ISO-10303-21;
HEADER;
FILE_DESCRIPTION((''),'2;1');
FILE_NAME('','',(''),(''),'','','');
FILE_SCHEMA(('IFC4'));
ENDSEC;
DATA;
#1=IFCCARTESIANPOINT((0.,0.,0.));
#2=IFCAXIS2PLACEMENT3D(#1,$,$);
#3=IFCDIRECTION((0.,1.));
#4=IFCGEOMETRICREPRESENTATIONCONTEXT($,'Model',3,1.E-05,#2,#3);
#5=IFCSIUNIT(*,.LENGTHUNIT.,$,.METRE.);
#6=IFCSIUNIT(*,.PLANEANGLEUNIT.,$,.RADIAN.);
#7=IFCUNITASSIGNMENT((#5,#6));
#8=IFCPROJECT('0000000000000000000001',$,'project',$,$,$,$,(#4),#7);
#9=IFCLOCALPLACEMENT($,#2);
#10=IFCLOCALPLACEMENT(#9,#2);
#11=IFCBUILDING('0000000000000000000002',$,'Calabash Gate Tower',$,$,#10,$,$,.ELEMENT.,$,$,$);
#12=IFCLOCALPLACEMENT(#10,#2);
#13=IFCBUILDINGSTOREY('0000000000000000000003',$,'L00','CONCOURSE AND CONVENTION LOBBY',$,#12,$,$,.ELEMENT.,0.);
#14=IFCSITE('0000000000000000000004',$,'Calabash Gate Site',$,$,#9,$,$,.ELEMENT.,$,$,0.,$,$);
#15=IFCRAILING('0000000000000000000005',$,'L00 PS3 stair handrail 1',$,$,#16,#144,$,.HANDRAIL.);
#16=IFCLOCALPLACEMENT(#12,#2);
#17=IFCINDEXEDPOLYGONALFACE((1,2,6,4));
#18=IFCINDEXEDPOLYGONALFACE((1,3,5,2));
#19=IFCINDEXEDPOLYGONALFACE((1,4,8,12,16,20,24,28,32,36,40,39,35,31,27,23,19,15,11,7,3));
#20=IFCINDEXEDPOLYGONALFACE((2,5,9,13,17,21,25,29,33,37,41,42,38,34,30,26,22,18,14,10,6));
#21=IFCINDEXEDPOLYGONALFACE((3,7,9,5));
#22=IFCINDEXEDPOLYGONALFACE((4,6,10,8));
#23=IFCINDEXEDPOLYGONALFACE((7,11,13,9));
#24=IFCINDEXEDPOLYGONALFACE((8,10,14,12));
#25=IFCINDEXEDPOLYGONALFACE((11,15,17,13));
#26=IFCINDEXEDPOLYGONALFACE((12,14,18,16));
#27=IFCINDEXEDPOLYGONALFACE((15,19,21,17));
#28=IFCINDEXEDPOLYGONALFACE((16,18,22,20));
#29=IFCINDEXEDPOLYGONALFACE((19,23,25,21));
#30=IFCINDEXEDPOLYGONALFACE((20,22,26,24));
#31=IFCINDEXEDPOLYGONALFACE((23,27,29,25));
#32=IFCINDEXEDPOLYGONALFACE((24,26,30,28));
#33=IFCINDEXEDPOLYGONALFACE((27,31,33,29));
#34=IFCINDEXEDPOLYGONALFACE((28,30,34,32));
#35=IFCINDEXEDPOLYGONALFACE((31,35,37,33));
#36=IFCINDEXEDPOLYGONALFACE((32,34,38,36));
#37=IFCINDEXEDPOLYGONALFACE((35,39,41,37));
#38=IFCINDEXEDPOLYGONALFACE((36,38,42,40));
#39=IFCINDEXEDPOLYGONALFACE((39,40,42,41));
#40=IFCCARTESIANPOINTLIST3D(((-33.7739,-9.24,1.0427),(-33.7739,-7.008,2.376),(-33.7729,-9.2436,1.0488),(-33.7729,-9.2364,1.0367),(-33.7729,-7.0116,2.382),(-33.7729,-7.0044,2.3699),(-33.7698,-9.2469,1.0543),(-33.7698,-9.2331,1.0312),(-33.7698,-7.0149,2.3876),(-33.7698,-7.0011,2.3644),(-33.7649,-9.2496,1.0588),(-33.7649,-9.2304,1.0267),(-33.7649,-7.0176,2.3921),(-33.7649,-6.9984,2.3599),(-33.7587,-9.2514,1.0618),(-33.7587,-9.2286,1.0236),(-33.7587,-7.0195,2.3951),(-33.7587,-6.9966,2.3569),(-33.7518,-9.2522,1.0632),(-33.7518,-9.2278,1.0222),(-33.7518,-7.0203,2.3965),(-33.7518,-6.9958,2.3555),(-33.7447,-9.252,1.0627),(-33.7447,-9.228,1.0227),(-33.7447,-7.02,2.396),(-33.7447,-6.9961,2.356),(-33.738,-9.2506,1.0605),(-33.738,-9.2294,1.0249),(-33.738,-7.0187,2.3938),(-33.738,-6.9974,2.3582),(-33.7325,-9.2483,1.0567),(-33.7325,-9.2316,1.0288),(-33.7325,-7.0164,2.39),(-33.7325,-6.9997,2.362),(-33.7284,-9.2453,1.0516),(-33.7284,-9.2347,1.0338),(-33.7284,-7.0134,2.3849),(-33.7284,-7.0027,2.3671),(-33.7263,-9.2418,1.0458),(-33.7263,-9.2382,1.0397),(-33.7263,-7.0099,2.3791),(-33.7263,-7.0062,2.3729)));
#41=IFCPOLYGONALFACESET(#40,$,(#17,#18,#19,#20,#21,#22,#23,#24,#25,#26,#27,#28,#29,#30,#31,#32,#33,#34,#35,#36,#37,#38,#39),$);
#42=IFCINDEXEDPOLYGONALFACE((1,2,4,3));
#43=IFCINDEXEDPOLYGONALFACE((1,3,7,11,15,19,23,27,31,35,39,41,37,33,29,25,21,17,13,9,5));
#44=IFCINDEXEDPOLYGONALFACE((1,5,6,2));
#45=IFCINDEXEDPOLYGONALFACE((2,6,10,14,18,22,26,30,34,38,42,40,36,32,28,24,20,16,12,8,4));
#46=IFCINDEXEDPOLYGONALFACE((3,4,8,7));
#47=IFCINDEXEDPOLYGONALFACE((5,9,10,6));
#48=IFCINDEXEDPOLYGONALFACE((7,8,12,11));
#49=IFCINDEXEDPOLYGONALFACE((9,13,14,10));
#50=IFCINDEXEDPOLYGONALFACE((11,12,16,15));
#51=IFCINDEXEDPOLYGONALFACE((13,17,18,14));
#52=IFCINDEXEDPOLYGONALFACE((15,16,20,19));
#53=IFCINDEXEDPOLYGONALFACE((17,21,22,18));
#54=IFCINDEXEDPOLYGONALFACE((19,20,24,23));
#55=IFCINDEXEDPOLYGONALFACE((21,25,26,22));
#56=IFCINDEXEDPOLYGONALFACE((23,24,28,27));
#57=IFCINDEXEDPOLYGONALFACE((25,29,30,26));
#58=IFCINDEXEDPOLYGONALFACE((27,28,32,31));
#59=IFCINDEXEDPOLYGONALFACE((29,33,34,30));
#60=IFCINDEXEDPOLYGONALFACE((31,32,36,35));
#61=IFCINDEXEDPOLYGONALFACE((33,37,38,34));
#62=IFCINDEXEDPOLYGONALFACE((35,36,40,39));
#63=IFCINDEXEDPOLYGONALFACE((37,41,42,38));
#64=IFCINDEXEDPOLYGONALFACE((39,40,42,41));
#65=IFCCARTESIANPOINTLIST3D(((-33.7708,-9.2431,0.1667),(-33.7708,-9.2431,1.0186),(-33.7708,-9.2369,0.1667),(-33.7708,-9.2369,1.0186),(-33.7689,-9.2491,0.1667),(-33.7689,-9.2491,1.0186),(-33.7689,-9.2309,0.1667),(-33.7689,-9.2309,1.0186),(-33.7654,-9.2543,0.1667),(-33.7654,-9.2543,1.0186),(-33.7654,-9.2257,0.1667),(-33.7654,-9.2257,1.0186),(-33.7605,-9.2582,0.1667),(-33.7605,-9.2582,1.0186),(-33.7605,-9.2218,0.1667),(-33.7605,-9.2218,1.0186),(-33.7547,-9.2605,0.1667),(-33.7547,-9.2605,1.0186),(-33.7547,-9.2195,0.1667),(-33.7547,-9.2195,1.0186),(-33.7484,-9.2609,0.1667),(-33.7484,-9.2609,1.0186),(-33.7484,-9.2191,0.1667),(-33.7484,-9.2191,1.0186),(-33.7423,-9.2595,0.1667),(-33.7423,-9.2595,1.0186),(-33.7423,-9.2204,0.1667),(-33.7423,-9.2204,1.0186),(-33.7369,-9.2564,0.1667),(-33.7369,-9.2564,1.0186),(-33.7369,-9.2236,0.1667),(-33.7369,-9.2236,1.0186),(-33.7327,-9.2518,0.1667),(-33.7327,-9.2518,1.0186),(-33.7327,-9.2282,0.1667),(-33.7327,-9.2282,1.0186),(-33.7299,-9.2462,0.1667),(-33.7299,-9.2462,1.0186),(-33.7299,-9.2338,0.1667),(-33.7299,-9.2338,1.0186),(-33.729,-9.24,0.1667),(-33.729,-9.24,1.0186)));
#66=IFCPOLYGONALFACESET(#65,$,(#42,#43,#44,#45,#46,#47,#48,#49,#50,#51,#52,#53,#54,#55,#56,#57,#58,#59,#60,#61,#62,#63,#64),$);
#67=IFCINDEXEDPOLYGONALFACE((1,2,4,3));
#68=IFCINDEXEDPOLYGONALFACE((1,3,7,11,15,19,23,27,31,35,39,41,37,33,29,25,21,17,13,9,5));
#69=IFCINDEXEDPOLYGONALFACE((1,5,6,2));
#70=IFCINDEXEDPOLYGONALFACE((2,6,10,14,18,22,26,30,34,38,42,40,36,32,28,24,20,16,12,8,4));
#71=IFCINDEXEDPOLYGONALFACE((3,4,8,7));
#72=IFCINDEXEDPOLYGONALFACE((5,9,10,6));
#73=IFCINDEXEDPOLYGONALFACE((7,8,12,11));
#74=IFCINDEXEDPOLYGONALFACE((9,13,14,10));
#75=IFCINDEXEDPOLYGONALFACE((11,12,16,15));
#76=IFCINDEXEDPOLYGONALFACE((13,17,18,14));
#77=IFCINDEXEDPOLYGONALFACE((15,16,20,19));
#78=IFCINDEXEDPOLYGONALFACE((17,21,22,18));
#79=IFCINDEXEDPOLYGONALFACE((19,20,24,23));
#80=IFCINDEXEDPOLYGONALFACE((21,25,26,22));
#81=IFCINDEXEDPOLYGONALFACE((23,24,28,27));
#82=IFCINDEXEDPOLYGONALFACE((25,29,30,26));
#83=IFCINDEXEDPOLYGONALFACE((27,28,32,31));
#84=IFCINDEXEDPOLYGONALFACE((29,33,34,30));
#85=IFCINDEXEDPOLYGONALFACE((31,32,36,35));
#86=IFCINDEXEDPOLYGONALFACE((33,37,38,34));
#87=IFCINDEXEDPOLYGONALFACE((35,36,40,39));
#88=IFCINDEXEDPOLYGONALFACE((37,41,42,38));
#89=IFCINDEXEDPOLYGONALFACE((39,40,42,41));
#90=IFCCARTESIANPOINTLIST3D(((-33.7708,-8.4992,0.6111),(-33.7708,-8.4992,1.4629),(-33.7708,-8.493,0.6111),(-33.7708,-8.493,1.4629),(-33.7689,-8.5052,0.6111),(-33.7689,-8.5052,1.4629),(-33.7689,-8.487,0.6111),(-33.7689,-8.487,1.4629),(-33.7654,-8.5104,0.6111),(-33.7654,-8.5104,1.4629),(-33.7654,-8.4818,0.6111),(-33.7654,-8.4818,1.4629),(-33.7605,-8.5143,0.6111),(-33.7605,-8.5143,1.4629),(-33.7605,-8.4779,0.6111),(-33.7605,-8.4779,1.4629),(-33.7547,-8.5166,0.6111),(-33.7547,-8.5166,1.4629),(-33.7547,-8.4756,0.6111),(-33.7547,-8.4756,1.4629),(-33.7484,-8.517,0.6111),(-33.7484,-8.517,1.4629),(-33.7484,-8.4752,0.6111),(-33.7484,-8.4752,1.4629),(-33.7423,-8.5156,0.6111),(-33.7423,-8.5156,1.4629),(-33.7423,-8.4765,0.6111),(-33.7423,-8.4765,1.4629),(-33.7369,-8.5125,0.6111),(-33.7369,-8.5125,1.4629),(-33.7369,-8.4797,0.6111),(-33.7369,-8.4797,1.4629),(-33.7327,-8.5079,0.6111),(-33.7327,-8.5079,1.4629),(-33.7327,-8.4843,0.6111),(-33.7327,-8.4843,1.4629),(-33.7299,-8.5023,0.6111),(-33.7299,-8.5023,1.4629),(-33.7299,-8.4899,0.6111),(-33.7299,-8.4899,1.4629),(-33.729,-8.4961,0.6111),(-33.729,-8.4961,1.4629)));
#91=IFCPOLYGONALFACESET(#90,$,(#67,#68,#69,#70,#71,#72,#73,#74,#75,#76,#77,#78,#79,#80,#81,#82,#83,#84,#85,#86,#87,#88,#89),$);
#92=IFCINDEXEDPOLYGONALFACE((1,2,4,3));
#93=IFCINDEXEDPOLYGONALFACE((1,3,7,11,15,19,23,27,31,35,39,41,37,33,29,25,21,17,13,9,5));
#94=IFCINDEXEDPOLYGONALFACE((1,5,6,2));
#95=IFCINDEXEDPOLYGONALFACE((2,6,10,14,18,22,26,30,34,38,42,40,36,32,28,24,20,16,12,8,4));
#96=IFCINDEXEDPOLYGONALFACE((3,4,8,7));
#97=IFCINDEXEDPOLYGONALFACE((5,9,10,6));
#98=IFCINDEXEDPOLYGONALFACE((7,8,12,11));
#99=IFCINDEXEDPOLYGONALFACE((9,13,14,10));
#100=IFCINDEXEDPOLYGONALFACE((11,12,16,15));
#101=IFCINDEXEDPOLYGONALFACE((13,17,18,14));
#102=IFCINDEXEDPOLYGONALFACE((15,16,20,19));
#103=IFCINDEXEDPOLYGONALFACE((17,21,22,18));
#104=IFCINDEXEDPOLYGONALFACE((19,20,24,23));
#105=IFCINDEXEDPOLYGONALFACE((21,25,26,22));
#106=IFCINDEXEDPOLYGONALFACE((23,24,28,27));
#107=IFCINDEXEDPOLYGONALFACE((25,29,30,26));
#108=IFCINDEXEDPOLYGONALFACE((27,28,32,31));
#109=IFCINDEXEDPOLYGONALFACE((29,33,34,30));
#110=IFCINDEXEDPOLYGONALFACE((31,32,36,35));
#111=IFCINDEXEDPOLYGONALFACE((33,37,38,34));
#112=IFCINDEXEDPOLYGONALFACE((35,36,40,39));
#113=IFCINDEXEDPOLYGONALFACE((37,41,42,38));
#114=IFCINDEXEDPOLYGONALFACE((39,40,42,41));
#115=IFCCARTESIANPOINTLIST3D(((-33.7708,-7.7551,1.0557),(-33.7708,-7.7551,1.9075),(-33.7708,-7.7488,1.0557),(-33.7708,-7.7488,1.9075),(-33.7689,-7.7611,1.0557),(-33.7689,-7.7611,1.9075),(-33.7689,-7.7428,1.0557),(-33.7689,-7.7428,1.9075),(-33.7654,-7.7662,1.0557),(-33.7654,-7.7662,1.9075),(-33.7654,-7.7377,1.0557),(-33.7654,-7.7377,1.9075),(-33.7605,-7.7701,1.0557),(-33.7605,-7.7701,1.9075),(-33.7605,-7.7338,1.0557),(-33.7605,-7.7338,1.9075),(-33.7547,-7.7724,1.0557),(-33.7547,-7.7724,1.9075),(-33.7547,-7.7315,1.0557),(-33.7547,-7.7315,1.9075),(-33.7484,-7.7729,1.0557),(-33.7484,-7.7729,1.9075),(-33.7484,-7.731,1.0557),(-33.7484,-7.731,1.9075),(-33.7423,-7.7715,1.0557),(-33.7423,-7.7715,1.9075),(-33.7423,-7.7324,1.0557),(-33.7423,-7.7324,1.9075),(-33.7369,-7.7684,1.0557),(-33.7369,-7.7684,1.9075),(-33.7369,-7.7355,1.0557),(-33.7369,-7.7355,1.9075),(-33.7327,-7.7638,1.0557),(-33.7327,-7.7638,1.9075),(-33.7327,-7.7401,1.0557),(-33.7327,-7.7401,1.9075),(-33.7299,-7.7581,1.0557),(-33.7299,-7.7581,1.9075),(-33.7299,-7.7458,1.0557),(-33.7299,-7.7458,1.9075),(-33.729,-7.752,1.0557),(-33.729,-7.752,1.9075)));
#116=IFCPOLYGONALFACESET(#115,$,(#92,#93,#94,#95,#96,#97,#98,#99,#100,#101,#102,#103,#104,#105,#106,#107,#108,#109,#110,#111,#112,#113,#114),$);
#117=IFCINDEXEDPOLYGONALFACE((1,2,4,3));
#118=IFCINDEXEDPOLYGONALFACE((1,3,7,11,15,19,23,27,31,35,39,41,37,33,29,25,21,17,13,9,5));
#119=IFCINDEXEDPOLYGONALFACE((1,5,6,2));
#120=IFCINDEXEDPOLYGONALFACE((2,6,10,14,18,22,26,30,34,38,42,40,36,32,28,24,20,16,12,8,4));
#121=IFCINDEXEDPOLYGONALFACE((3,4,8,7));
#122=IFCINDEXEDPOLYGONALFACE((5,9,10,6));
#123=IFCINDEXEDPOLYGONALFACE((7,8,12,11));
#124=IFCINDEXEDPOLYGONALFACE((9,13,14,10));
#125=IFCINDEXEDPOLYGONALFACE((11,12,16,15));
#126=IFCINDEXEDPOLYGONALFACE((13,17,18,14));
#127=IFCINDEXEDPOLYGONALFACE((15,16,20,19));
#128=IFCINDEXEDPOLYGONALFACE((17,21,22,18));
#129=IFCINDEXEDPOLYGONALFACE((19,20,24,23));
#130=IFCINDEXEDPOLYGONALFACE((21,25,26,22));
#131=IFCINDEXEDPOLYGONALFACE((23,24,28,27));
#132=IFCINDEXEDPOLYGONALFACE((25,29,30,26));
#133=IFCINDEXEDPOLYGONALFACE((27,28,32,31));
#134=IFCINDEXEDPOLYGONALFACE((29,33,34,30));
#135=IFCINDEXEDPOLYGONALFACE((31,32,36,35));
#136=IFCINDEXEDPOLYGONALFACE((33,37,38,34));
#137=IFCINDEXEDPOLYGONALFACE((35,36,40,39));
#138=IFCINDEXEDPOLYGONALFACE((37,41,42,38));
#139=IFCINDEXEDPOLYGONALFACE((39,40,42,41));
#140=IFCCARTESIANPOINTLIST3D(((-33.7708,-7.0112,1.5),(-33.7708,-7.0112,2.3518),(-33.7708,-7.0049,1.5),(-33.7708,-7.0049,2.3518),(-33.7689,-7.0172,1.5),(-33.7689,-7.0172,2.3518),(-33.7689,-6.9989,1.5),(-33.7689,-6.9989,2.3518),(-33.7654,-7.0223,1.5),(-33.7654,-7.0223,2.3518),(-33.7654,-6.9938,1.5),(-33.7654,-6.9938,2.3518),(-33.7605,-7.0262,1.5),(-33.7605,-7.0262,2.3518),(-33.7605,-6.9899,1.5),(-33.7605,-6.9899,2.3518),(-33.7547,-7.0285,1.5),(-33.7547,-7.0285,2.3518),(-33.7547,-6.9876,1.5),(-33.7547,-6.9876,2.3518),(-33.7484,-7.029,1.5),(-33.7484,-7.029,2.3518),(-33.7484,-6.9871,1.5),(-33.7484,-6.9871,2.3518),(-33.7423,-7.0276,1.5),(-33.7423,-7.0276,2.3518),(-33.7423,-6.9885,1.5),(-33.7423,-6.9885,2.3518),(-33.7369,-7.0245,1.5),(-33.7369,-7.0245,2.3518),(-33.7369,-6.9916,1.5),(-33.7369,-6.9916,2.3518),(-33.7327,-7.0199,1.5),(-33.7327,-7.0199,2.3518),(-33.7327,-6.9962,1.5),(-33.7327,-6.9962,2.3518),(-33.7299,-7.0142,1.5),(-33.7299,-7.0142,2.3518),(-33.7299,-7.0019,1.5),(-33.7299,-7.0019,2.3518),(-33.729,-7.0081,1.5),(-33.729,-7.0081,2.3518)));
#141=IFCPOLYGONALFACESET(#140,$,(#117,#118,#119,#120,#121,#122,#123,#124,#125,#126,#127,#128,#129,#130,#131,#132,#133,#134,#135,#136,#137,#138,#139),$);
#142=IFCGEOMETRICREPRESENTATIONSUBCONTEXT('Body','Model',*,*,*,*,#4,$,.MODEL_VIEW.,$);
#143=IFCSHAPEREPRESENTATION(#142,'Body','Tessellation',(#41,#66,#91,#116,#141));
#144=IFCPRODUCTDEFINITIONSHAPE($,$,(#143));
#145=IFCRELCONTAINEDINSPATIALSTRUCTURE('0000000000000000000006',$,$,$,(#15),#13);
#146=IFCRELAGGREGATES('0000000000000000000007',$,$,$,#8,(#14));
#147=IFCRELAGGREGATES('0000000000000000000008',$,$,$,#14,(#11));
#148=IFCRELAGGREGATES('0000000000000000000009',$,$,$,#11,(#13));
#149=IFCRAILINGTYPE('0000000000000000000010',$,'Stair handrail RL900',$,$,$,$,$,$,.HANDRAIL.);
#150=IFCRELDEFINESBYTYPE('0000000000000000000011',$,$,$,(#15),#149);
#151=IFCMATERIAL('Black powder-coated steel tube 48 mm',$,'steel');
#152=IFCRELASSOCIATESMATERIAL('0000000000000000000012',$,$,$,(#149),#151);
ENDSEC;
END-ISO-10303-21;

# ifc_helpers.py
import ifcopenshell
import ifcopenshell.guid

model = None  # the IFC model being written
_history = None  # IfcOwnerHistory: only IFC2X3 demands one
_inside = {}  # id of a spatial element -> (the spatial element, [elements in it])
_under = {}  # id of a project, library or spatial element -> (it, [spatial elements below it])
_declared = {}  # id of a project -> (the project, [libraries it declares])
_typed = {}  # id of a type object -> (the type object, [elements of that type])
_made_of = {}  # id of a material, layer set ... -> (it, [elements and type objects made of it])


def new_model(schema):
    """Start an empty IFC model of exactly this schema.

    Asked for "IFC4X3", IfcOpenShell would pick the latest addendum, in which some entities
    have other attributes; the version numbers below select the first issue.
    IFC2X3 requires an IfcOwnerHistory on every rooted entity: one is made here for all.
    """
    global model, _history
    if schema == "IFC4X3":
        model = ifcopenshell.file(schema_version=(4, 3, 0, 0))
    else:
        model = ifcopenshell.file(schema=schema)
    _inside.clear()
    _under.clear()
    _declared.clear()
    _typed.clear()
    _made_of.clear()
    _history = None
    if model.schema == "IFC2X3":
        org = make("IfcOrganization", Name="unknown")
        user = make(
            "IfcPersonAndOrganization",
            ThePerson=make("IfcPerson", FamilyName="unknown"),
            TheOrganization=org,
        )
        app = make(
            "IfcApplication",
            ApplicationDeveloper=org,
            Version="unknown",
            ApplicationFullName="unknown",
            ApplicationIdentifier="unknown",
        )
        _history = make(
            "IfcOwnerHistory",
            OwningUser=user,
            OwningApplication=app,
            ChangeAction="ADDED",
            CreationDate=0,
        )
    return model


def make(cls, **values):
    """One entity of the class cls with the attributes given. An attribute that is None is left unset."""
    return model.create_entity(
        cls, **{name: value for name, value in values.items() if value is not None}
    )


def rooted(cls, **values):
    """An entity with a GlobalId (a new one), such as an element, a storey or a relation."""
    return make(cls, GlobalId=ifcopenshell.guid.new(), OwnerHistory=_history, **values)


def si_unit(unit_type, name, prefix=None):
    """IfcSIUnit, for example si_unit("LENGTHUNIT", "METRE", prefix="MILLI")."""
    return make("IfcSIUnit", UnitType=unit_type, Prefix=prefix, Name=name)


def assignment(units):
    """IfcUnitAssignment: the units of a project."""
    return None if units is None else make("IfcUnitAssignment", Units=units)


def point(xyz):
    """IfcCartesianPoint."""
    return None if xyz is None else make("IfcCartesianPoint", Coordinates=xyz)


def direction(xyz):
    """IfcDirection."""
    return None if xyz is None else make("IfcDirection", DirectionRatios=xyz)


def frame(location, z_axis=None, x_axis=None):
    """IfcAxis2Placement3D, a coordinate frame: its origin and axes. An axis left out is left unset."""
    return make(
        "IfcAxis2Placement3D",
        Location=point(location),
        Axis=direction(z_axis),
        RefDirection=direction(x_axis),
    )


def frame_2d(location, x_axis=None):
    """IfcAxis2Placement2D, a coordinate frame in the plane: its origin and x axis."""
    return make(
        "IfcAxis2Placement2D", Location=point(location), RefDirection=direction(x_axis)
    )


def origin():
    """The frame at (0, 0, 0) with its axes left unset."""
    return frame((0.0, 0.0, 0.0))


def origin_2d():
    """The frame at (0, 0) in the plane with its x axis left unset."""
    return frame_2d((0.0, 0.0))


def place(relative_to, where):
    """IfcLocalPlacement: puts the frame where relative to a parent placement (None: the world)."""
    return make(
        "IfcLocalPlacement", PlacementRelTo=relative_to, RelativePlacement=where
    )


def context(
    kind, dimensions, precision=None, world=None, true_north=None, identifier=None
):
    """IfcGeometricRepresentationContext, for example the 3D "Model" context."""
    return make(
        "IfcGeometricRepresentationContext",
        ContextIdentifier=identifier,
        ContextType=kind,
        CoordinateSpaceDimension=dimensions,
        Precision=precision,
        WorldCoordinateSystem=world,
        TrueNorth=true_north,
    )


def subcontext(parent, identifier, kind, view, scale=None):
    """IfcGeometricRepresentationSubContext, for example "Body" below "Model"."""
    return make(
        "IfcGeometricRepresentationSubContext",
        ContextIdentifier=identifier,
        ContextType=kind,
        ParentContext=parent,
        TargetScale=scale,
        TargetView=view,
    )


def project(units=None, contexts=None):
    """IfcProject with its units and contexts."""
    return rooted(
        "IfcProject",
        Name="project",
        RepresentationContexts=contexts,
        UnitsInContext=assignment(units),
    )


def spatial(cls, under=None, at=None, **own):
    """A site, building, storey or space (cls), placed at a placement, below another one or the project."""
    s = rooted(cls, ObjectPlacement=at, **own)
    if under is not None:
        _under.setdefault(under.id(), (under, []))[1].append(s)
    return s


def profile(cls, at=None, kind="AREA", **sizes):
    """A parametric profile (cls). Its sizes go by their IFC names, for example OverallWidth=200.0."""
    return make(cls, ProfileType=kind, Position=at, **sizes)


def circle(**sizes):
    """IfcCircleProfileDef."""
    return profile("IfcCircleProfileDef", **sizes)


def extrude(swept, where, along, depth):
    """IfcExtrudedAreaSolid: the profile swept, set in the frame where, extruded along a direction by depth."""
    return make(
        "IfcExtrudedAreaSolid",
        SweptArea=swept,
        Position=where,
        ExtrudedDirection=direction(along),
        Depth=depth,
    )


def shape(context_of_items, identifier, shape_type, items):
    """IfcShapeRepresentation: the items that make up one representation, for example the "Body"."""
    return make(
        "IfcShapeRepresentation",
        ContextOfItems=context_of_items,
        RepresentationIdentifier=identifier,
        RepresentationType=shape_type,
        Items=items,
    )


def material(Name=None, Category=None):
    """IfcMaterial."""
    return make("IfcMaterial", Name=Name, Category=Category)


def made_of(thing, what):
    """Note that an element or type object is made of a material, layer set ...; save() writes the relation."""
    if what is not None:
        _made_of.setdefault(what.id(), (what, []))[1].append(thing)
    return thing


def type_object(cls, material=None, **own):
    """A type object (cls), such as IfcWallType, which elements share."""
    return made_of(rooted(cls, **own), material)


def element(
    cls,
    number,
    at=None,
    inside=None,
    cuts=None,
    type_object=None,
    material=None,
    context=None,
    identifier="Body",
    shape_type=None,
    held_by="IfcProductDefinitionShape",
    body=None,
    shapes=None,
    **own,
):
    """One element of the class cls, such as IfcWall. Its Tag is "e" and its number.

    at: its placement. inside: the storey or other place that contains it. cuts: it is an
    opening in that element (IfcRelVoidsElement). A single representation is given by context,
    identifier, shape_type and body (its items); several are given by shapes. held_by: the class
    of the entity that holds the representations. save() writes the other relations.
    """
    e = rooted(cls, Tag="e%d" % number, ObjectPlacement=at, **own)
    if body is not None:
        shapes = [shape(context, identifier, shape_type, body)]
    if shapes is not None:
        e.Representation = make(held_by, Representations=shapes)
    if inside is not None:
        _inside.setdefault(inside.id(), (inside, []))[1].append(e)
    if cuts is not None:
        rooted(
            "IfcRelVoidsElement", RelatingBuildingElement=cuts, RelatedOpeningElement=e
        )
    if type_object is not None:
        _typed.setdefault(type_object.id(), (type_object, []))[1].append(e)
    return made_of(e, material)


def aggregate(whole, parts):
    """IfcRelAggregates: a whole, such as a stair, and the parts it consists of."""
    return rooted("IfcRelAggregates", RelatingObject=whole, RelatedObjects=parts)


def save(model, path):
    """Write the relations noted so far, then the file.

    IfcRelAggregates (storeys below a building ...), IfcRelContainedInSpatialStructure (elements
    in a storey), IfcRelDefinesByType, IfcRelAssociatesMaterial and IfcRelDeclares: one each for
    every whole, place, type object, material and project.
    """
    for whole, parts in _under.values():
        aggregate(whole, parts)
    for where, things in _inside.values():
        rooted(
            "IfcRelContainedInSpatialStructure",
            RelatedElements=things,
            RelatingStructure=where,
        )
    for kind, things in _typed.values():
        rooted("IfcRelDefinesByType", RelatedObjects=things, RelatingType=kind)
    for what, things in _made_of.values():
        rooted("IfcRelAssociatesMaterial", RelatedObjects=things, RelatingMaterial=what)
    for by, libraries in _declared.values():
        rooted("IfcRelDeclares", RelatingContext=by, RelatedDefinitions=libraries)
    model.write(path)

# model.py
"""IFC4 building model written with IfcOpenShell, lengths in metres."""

from ifc_helpers import new_model, si_unit, direction, frame, origin, origin_2d, place, context, subcontext, project, spatial, circle, extrude, material, type_object, element, save


model = new_model("IFC4")

# Units and contexts
model_context = context("Model", 3, precision=1e-05, world=origin(), true_north=direction((0.0, 1.0)))
body_context = subcontext(model_context, "Body", "Model", "MODEL_VIEW")
ifc_project = project(units=[si_unit("LENGTHUNIT", "METRE"), si_unit("PLANEANGLEUNIT", "RADIAN")], contexts=[model_context])

# Site, building, storey
site_placement = place(None, origin())
site = spatial("IfcSite", under=ifc_project, at=site_placement, Name="Calabash Gate Site", CompositionType="ELEMENT", RefElevation=0.0)
building_placement = place(site_placement, origin())
building = spatial("IfcBuilding", under=site, at=building_placement, Name="Calabash Gate Tower", CompositionType="ELEMENT")
storey_placement = place(building_placement, origin())
storey = spatial("IfcBuildingStorey", under=building, at=storey_placement, Name="L00", Description="CONCOURSE AND CONVENTION LOBBY", CompositionType="ELEMENT", Elevation=0.0)

# Railing
ifc_material_1 = material(Name="Black powder-coated steel tube 48 mm", Category="steel")
railing_type = type_object("IfcRailingType", Name="Stair handrail RL900", PredefinedType="HANDRAIL", material=ifc_material_1)
for number, where, name in (
    (1, (-33.75, -9.24, 0.1667), "L00 PS3 stair handrail 1"),
):
    element("IfcRailing", number, at=place(storey_placement, frame(where)), inside=storey, type_object=railing_type, Name=name, PredefinedType="HANDRAIL", context=body_context, shape_type="SweptSolid", body=[
        extrude(circle(Radius=0.0239, at=origin_2d()), frame((0.0, 0.0, 0.876), z_axis=(0.0, 0.858494, 0.512824), x_axis=(-1.0, 0.0, 0.0)), (0.0, 0.0, 1.0), 2.5999),
        extrude(circle(Radius=0.021, at=origin_2d()), origin(), (0.0, 0.0, 1.0), 0.8518),
        extrude(circle(Radius=0.021, at=origin_2d()), frame((0.0, 0.7439, 0.4443)), (0.0, 0.0, 1.0), 0.8518),
        extrude(circle(Radius=0.021, at=origin_2d()), frame((0.0, 1.488, 0.8889)), (0.0, 0.0, 1.0), 0.8518),
        extrude(circle(Radius=0.021, at=origin_2d()), frame((0.0, 2.2319, 1.3333)), (0.0, 0.0, 1.0), 0.8518),
    ])

save(model, "model.ifc")
